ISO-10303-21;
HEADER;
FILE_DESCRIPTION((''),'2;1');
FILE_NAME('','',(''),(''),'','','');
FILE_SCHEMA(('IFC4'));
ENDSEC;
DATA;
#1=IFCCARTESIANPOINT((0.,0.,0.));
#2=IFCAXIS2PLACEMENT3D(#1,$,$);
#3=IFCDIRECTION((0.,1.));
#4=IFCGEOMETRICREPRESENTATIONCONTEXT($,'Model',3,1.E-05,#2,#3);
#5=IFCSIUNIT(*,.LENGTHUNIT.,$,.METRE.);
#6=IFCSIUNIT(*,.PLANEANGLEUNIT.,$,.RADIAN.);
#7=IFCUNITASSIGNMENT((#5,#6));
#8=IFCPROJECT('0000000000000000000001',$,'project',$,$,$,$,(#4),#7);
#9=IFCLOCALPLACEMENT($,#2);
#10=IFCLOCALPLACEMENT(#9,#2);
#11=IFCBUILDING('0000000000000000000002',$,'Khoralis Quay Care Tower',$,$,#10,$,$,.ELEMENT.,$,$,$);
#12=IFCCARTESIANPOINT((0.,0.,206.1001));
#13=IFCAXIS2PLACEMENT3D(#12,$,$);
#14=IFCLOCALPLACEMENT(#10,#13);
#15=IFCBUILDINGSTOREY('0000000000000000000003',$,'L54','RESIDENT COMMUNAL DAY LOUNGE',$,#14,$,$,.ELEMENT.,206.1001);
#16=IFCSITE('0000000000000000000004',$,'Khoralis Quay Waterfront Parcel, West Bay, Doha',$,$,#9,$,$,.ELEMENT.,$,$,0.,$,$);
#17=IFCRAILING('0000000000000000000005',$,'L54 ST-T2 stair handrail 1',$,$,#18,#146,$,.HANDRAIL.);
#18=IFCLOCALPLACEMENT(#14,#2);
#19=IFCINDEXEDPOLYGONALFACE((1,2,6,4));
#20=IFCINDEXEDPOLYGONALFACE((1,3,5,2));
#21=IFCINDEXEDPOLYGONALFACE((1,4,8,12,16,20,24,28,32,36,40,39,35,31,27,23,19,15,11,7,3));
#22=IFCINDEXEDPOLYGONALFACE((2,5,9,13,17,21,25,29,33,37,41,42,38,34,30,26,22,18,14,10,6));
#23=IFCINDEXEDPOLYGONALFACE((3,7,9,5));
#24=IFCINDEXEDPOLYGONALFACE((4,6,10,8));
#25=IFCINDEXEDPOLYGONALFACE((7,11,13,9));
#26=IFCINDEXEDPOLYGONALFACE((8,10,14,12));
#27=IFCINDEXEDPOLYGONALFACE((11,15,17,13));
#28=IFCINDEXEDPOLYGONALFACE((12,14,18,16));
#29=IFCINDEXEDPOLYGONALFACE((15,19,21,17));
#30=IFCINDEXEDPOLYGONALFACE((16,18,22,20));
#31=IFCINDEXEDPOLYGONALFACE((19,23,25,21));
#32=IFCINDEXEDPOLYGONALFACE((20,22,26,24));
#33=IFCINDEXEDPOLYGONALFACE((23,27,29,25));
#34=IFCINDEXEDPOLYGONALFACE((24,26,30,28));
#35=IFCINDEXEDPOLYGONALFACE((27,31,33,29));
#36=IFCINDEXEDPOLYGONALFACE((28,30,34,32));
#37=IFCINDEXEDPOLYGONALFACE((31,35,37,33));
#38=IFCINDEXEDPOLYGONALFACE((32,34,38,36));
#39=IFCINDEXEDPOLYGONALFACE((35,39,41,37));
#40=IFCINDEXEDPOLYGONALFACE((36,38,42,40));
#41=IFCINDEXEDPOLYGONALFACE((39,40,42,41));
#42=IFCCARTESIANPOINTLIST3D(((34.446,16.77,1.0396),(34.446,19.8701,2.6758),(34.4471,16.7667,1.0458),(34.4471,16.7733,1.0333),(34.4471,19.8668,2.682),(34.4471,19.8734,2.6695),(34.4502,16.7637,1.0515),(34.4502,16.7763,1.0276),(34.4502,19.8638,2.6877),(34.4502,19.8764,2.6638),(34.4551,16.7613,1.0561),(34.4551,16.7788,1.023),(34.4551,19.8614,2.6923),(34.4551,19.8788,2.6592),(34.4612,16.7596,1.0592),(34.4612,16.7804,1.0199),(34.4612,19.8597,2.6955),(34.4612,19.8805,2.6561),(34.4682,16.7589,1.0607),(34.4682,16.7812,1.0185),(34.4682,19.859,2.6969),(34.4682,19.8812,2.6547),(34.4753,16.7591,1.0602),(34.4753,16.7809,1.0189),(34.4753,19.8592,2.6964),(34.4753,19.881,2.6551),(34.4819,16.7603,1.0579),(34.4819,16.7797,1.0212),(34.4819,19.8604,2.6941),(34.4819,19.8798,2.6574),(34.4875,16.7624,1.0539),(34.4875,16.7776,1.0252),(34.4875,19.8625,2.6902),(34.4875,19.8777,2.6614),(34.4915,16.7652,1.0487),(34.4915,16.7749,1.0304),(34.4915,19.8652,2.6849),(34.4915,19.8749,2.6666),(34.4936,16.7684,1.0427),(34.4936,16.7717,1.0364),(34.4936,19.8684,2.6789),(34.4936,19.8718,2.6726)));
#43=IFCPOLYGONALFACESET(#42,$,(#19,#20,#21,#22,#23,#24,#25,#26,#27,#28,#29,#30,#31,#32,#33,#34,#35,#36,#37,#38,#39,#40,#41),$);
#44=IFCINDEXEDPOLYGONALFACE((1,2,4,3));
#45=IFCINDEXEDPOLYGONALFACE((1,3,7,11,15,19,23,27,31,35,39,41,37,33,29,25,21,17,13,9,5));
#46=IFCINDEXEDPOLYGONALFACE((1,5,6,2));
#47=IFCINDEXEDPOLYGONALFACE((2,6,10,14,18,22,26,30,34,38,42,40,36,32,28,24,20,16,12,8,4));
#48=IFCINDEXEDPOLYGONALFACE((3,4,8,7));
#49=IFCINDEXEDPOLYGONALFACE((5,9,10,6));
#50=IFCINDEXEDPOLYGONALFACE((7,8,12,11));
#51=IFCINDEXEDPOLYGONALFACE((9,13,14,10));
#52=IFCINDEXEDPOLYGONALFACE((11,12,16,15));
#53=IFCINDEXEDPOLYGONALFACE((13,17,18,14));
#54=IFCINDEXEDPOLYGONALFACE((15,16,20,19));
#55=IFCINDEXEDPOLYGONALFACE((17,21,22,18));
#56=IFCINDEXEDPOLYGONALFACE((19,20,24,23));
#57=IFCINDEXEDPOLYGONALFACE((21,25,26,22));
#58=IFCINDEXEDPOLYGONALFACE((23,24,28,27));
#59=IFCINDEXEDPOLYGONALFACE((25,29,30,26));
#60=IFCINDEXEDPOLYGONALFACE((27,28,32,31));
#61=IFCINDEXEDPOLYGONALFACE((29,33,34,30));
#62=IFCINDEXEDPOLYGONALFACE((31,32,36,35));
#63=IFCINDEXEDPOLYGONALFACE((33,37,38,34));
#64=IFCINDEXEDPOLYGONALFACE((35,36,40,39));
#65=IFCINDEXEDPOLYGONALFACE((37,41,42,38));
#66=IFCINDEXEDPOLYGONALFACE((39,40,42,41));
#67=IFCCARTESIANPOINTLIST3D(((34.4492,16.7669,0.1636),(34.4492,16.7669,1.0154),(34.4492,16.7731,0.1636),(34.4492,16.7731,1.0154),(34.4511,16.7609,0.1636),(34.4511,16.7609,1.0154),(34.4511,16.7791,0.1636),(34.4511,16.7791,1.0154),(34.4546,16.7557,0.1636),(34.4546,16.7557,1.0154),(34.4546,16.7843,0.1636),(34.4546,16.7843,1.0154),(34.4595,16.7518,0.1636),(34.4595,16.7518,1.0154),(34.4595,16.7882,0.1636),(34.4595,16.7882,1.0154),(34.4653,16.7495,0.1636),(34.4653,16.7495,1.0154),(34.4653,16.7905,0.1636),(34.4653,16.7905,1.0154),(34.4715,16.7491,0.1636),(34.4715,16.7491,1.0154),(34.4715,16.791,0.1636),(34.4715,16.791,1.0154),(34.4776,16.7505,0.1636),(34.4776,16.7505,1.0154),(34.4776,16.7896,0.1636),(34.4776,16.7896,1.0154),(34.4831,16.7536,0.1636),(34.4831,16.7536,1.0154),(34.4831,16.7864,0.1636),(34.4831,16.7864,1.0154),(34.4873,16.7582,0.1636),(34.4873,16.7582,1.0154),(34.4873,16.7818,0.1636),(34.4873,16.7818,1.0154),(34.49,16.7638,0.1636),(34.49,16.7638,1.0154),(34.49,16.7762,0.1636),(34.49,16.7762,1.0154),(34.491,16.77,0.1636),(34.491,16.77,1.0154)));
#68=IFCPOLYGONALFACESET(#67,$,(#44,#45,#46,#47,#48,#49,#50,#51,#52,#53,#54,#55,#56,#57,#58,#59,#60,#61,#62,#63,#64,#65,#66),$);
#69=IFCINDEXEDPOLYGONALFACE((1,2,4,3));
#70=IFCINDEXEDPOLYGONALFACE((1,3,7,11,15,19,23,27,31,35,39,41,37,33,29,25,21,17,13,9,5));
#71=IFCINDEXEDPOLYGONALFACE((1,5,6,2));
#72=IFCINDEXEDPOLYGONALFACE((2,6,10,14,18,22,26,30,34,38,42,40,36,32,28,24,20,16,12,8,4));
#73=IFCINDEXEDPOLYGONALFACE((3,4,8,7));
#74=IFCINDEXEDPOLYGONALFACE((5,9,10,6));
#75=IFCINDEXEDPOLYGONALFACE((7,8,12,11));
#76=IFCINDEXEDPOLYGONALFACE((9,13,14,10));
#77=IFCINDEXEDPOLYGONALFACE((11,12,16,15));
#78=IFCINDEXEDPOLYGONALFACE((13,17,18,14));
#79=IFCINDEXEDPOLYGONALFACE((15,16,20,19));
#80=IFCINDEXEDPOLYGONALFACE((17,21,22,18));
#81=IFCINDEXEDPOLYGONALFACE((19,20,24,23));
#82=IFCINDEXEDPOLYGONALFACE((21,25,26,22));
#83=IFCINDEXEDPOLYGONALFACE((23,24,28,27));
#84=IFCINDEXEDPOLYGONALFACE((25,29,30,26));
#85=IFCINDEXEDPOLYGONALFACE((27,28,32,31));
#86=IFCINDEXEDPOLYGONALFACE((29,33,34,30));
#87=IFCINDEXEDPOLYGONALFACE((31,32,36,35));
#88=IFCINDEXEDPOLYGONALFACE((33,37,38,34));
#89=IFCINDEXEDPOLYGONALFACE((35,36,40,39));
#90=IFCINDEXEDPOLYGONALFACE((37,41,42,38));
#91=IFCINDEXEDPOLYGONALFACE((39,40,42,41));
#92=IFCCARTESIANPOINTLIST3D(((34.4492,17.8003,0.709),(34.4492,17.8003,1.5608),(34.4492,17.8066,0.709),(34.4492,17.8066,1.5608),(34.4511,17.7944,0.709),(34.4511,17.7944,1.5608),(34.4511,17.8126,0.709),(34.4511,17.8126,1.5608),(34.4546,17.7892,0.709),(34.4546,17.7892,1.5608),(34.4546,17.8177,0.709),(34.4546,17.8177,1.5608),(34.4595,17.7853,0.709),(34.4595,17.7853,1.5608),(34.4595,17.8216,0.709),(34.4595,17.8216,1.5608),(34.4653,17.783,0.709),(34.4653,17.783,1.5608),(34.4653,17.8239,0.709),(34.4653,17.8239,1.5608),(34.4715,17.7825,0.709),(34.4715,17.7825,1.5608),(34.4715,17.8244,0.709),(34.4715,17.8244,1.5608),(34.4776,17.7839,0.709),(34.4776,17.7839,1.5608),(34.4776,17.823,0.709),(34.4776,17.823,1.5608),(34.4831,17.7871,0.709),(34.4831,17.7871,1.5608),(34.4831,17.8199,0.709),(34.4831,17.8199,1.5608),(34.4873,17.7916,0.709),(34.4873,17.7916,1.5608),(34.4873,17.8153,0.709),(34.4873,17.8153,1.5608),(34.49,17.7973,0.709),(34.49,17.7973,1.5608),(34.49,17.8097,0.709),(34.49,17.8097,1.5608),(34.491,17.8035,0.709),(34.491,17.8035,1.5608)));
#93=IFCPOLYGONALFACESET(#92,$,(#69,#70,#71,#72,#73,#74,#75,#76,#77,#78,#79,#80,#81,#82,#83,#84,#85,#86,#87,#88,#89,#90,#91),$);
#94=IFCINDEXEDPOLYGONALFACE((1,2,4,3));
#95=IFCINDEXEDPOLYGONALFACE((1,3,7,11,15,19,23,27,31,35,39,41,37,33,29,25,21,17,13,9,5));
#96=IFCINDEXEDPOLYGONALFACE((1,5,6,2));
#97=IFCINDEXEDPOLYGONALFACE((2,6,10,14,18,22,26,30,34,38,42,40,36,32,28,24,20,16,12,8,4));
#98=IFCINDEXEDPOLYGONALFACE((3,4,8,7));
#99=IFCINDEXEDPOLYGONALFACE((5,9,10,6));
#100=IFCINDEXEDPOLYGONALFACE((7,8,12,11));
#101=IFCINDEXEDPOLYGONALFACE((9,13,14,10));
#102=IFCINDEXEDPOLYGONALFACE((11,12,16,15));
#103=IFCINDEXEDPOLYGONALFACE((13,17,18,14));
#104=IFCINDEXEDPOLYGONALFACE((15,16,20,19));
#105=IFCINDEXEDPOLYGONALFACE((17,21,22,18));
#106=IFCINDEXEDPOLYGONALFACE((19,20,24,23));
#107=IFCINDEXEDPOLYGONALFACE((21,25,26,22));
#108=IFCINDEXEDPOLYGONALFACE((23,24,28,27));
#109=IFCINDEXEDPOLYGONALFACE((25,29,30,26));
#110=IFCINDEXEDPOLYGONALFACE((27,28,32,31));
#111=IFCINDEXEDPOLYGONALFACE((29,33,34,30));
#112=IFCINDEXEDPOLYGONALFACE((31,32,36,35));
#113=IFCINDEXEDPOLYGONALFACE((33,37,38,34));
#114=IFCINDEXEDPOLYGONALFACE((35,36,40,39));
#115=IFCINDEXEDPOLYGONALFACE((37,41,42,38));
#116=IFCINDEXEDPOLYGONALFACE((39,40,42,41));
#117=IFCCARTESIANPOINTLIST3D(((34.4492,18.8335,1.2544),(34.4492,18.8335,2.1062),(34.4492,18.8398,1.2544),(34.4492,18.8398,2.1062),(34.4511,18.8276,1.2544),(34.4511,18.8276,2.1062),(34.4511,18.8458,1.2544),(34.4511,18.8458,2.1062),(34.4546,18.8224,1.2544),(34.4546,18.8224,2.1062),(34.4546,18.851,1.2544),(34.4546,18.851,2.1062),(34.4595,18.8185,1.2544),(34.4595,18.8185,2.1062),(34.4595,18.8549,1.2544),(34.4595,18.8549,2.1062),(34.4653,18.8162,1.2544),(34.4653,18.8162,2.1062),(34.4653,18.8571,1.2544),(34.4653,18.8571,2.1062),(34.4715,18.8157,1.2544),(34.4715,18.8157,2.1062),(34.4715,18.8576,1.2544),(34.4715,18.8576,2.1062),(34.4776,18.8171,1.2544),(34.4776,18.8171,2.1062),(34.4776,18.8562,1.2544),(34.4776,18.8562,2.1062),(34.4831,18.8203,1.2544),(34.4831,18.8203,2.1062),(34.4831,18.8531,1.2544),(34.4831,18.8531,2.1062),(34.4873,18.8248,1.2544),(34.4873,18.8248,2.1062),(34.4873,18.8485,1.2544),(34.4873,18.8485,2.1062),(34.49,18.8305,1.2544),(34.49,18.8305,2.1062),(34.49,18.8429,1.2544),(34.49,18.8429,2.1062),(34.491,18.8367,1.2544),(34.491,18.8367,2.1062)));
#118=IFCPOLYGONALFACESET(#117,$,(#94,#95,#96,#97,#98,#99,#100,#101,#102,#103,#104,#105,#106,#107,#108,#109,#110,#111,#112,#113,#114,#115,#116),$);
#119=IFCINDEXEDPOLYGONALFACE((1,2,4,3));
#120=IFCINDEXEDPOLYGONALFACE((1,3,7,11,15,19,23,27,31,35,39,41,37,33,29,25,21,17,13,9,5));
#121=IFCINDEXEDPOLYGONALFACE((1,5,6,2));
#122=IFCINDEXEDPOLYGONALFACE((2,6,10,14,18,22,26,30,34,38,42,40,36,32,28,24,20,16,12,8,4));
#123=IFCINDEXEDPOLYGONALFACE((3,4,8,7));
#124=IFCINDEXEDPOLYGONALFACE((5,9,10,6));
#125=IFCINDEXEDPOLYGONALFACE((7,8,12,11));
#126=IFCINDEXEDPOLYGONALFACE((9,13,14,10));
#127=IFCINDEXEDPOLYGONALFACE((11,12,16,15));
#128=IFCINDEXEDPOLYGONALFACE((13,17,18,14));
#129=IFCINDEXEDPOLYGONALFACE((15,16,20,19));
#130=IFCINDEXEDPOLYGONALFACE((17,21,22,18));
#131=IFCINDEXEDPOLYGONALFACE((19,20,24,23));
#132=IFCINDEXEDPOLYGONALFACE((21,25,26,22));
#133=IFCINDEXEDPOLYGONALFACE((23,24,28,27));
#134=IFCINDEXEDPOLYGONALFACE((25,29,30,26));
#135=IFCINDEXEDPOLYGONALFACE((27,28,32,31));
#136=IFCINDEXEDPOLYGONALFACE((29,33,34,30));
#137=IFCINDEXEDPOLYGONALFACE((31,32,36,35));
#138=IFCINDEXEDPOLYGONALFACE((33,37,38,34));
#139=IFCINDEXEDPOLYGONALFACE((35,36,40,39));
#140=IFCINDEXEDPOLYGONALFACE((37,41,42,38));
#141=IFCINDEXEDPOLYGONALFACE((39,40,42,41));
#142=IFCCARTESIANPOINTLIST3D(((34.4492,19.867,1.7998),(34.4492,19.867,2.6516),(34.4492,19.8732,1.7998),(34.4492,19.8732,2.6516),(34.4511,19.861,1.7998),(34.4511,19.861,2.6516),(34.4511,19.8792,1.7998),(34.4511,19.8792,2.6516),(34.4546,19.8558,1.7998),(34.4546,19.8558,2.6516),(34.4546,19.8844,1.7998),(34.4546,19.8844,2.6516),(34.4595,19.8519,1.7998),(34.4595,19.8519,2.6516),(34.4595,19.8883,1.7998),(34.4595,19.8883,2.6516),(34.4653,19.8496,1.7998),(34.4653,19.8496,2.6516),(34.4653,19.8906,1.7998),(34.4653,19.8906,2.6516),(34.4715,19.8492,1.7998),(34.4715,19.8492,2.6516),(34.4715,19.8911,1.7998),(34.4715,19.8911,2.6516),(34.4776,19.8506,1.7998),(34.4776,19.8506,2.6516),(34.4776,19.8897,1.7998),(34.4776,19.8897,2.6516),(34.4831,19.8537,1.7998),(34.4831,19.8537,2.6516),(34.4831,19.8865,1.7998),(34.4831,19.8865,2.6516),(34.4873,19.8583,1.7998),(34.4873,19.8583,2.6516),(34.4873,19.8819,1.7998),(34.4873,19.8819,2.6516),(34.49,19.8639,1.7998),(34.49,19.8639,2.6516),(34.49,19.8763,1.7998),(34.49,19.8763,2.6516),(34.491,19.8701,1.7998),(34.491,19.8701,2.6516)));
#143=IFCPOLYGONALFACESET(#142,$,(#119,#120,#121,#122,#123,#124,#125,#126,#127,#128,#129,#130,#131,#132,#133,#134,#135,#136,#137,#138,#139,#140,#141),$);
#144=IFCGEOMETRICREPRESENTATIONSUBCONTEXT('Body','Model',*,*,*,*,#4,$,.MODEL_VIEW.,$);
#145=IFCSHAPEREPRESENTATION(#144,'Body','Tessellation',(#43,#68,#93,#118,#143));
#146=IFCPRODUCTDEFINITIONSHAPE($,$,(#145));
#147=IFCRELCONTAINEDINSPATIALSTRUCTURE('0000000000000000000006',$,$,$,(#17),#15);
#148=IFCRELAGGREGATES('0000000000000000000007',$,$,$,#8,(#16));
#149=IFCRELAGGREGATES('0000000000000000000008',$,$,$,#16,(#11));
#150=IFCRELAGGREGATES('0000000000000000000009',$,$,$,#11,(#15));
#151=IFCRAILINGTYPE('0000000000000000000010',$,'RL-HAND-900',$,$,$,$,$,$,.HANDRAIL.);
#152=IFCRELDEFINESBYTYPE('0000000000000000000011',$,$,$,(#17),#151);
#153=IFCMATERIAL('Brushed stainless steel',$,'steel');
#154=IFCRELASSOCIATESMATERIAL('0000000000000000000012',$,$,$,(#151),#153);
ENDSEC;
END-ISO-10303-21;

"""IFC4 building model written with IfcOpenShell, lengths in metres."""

from ifc_helpers import new_model, si_unit, direction, frame, origin, origin_2d, place, context, subcontext, project, spatial, circle, extrude, material, type_object, element, save


model = new_model("IFC4")

# Units and contexts
model_context = context("Model", 3, precision=1e-05, world=origin(), true_north=direction((0.0, 1.0)))
body_context = subcontext(model_context, "Body", "Model", "MODEL_VIEW")
ifc_project = project(units=[si_unit("LENGTHUNIT", "METRE"), si_unit("PLANEANGLEUNIT", "RADIAN")], contexts=[model_context])

# Site, building, storey
site_placement = place(None, origin())
site = spatial("IfcSite", under=ifc_project, at=site_placement, Name="Khoralis Quay Waterfront Parcel, West Bay, Doha", CompositionType="ELEMENT", RefElevation=0.0)
building_placement = place(site_placement, origin())
building = spatial("IfcBuilding", under=site, at=building_placement, Name="Khoralis Quay Care Tower", CompositionType="ELEMENT")
storey_placement = place(building_placement, frame((0.0, 0.0, 206.1001)))
storey = spatial("IfcBuildingStorey", under=building, at=storey_placement, Name="L54", Description="RESIDENT COMMUNAL DAY LOUNGE", CompositionType="ELEMENT", Elevation=206.1001)

# Shared definitions
ifc_material_1 = material(Name="Brushed stainless steel", Category="steel")

# Railing
railing_type_1 = type_object("IfcRailingType", Name="RL-HAND-900", PredefinedType="HANDRAIL", material=ifc_material_1)
railing_1_placement = place(storey_placement, frame((34.47, 16.77, 0.1636)))
element("IfcRailing", 1, at=railing_1_placement, inside=storey, type_object=railing_type_1, Name="L54 ST-T2 stair handrail 1", PredefinedType="HANDRAIL", context=body_context, shape_type="SweptSolid", body=[
    extrude(circle(Radius=0.0239, at=origin_2d()), frame((0.0, 0.0, 0.876), z_axis=(0.0, 0.884377, 0.466774), x_axis=(-1.0, 0.0, 0.0)), (0.0, 0.0, 1.0), 3.5054),
    extrude(circle(Radius=0.021, at=origin_2d()), origin(), (0.0, 0.0, 1.0), 0.8518),
    extrude(circle(Radius=0.021, at=origin_2d()), frame((0.0, 1.0334, 0.5454)), (0.0, 0.0, 1.0), 0.8518),
    extrude(circle(Radius=0.021, at=origin_2d()), frame((0.0, 2.0667, 1.0908)), (0.0, 0.0, 1.0), 0.8518),
    extrude(circle(Radius=0.021, at=origin_2d()), frame((0.0, 3.1001, 1.6362)), (0.0, 0.0, 1.0), 0.8518),
])

save(model, "model.ifc")
